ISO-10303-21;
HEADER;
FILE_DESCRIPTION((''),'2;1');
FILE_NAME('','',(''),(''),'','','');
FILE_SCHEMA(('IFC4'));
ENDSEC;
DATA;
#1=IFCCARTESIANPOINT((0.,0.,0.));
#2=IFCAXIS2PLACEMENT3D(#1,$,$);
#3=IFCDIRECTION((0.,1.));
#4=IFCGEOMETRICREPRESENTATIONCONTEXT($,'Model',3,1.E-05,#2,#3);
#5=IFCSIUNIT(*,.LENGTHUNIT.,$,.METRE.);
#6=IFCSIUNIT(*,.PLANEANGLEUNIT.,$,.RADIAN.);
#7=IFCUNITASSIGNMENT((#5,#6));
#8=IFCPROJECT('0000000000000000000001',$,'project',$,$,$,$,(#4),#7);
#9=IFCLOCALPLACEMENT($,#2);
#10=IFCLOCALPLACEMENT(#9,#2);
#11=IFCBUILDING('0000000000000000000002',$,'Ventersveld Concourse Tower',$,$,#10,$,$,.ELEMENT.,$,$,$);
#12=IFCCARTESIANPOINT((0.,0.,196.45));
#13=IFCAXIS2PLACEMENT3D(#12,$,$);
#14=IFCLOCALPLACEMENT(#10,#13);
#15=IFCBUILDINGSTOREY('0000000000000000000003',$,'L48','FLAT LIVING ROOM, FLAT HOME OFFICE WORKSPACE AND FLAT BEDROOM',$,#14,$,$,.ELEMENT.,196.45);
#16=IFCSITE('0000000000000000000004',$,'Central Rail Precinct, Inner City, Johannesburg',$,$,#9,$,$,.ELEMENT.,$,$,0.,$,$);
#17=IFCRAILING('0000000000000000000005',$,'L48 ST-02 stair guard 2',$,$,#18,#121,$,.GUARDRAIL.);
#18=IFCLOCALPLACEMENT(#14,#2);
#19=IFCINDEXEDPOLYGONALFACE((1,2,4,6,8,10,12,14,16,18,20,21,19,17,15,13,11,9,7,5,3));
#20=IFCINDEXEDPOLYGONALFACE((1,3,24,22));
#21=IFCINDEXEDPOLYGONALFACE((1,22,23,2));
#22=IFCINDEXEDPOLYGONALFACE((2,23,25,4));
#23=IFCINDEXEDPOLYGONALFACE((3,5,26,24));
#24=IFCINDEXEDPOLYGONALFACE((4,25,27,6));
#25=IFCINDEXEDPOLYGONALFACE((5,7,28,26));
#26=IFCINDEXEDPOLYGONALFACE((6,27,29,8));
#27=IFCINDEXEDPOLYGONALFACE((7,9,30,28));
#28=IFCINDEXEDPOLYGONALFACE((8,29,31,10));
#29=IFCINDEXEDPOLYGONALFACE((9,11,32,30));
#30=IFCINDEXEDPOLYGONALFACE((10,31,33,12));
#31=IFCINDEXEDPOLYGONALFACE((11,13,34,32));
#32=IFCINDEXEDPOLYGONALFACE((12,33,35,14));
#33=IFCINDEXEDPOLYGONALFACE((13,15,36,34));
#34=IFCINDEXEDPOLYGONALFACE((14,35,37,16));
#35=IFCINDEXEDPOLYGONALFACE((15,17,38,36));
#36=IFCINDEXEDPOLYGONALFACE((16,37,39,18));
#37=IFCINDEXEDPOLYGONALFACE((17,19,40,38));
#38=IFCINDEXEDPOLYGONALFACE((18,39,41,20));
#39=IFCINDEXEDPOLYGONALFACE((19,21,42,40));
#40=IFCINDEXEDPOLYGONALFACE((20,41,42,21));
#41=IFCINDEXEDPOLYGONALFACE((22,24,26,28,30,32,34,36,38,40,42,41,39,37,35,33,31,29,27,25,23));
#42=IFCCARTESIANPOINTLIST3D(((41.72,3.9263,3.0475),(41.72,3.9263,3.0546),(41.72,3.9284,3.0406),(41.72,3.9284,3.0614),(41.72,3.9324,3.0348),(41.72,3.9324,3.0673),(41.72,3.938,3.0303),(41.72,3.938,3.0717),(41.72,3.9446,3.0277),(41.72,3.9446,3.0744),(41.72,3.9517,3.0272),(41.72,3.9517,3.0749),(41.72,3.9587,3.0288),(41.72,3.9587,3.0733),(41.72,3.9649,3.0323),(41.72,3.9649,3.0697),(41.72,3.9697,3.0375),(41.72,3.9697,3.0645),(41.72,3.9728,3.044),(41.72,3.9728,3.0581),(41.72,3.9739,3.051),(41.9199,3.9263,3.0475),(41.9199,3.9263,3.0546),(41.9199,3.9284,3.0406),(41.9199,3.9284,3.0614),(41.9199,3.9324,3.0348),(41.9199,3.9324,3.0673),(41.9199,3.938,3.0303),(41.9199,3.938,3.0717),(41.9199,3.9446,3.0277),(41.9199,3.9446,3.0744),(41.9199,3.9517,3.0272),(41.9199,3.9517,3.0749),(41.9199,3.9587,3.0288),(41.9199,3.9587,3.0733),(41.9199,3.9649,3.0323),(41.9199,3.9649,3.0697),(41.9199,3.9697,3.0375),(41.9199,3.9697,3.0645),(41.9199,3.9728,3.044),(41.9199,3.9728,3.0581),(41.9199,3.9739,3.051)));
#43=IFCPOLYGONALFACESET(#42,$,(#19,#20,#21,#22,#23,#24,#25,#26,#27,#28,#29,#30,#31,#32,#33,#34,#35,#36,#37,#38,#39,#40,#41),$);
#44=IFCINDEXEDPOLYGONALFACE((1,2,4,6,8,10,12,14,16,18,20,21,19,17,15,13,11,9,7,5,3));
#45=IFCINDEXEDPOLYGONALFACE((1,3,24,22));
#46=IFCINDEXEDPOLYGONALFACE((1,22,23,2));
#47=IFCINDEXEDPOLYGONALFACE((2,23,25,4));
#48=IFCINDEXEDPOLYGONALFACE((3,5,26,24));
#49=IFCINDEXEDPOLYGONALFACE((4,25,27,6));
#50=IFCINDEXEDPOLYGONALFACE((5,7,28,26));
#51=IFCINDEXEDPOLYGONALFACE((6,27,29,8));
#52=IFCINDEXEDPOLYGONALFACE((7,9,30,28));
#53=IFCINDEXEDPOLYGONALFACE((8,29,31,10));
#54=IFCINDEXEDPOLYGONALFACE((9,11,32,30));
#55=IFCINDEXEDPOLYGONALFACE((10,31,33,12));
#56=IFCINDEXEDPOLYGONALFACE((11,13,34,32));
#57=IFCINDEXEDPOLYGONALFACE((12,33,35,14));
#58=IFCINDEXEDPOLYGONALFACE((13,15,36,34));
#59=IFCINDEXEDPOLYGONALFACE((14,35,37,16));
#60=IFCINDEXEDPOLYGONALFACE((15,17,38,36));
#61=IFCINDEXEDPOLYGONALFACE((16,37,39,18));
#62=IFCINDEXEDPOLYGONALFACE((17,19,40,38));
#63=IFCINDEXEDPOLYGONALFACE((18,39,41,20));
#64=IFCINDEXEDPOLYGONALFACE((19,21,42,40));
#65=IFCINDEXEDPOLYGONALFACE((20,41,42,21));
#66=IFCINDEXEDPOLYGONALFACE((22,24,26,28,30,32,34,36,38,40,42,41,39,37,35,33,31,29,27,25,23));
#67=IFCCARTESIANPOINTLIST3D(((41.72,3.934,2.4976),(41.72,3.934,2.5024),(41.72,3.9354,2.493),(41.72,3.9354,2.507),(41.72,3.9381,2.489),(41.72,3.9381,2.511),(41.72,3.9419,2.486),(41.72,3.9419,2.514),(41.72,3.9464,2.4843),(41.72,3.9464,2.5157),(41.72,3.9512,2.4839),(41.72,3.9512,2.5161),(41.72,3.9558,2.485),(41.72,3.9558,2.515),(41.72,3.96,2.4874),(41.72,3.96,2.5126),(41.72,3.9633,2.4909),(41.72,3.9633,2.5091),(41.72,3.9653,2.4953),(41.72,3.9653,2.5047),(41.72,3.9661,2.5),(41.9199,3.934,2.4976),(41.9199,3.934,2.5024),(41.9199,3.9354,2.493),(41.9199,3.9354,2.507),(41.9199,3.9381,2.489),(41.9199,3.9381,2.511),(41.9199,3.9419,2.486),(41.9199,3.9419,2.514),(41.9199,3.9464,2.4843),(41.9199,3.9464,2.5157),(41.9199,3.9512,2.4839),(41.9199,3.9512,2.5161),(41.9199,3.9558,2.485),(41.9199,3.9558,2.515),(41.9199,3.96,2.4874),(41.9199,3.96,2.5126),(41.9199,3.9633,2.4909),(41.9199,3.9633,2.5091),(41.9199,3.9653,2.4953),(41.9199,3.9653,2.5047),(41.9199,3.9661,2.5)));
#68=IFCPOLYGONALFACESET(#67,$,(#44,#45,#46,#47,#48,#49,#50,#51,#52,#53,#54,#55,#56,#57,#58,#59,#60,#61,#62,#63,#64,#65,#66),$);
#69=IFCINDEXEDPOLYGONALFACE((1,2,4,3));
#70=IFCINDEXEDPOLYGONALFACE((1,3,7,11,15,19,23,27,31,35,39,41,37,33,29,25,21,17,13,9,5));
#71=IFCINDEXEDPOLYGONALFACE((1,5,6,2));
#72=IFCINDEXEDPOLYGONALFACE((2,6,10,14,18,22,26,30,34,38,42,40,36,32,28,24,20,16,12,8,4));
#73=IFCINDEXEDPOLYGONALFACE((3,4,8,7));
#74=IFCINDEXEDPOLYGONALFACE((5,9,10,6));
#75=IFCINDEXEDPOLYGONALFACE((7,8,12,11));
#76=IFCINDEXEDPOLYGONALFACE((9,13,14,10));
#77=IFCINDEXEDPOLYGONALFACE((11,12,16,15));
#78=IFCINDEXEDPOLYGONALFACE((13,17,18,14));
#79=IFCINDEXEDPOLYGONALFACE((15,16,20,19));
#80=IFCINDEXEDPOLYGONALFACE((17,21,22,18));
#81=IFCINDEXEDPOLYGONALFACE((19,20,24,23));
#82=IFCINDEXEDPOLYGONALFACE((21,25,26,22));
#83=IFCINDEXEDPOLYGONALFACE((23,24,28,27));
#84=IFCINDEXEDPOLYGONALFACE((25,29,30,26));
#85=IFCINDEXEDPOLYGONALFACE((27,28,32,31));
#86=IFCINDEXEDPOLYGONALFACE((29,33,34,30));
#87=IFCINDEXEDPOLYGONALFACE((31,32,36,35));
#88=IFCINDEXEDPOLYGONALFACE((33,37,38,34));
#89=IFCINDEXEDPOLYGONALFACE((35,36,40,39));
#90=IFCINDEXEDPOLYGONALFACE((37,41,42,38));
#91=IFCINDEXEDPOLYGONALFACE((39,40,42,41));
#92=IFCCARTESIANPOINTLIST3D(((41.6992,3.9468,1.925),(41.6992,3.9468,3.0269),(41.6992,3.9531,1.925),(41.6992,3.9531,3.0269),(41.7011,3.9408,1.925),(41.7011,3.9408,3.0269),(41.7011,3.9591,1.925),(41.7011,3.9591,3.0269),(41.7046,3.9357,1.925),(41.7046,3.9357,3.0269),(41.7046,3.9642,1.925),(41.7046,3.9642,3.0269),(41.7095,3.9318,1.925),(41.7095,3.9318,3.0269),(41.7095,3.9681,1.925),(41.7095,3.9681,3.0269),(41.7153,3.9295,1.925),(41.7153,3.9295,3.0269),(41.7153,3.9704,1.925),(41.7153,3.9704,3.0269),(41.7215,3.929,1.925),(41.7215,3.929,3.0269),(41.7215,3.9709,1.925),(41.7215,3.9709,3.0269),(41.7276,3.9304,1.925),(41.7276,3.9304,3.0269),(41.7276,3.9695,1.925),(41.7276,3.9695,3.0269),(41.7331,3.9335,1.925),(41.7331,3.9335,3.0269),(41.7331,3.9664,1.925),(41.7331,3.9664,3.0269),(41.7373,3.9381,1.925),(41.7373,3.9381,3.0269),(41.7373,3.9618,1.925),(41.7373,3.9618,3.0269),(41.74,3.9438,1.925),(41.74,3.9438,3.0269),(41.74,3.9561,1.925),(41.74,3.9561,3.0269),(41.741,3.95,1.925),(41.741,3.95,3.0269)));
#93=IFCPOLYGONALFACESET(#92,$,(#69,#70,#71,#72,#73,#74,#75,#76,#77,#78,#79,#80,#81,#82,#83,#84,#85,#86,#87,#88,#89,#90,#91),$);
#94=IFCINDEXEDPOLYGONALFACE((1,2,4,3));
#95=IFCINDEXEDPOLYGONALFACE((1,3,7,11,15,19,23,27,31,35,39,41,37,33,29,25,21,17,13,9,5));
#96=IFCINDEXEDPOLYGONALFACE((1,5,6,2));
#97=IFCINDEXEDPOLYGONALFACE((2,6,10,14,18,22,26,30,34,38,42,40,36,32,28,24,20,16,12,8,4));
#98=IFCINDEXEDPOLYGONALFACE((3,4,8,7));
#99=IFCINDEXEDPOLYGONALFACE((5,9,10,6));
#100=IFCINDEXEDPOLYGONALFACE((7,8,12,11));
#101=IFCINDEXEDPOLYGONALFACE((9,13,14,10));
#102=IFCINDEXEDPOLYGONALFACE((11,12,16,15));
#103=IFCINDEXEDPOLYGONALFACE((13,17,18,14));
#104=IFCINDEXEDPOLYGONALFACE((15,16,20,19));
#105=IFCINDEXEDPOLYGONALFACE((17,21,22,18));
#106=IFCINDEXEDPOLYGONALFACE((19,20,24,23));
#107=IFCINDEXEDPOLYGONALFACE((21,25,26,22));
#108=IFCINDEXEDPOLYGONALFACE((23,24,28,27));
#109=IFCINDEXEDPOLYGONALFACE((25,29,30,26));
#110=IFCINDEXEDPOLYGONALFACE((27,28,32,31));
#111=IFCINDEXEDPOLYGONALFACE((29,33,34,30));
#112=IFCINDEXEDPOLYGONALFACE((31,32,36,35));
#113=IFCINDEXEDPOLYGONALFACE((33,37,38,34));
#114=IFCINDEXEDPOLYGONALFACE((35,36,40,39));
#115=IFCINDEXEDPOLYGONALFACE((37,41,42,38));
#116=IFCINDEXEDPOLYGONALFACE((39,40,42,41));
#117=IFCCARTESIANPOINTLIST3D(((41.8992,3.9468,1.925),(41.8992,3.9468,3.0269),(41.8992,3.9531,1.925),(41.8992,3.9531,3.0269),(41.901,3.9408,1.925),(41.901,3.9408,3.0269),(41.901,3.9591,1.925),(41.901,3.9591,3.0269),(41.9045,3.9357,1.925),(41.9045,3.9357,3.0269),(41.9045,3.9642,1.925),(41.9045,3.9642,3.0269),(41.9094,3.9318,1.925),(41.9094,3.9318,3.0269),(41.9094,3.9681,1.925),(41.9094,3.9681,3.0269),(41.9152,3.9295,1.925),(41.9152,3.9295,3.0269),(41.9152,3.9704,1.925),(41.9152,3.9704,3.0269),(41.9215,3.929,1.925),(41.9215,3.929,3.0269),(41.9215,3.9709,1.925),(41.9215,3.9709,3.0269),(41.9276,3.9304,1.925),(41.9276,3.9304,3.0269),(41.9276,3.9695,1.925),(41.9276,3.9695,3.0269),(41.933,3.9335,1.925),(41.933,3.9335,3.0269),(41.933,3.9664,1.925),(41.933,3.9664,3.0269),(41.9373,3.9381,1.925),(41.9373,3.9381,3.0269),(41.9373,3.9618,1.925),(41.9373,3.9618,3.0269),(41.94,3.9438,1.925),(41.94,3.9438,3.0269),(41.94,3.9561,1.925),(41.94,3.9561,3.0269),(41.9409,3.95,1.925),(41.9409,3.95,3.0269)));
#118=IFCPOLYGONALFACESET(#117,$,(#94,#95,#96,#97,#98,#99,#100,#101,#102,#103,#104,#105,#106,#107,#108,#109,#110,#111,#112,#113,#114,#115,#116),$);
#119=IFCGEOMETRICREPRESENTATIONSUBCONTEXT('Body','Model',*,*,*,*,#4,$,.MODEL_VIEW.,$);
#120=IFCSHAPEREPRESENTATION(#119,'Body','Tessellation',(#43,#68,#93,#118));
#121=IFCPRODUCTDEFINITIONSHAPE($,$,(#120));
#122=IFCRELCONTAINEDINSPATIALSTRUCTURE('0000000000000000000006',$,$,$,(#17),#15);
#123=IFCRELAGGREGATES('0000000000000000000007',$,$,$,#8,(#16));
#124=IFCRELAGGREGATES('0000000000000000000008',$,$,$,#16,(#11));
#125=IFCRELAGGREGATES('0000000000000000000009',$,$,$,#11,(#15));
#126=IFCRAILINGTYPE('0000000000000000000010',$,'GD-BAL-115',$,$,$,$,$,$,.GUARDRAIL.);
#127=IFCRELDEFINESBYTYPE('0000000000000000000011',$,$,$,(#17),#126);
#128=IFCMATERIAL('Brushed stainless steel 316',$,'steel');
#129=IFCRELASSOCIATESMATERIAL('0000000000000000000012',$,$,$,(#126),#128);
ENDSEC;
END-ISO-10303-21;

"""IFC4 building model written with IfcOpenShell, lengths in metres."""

from ifc_helpers import new_model, si_unit, direction, frame, origin, origin_2d, place, context, subcontext, project, spatial, circle, extrude, material, type_object, element, save


model = new_model("IFC4")

# Units and contexts
model_context = context("Model", 3, precision=1e-05, world=origin(), true_north=direction((0.0, 1.0)))
body_context = subcontext(model_context, "Body", "Model", "MODEL_VIEW")
ifc_project = project(units=[si_unit("LENGTHUNIT", "METRE"), si_unit("PLANEANGLEUNIT", "RADIAN")], contexts=[model_context])

# Site, building, storey
site_placement = place(None, origin())
site = spatial("IfcSite", under=ifc_project, at=site_placement, Name="Central Rail Precinct, Inner City, Johannesburg", CompositionType="ELEMENT", RefElevation=0.0)
building_placement = place(site_placement, origin())
building = spatial("IfcBuilding", under=site, at=building_placement, Name="Ventersveld Concourse Tower", CompositionType="ELEMENT")
storey_placement = place(building_placement, frame((0.0, 0.0, 196.45)))
storey = spatial("IfcBuildingStorey", under=building, at=storey_placement, Name="L48", Description="FLAT LIVING ROOM, FLAT HOME OFFICE WORKSPACE AND FLAT BEDROOM", CompositionType="ELEMENT", Elevation=196.45)

# Shared definitions
ifc_material_1 = material(Name="Brushed stainless steel 316", Category="steel")

# Railing
railing_type_1 = type_object("IfcRailingType", Name="GD-BAL-115", PredefinedType="GUARDRAIL", material=ifc_material_1)
railing_1_placement = place(storey_placement, frame((41.72, 3.95, 1.925)))
element("IfcRailing", 1, at=railing_1_placement, inside=storey, type_object=railing_type_1, Name="L48 ST-02 stair guard 2", PredefinedType="GUARDRAIL", context=body_context, shape_type="SweptSolid", body=[
    extrude(circle(Radius=0.0239, at=origin_2d()), frame((0.0, 0.0, 1.126), z_axis=(1.0, 0.0, 0.0), x_axis=(0.0, 1.0, 0.0)), (0.0, 0.0, 1.0), 0.2),
    extrude(circle(Radius=0.0161, at=origin_2d()), frame((0.0, 0.0, 0.575), z_axis=(1.0, 0.0, 0.0), x_axis=(0.0, 1.0, 0.0)), (0.0, 0.0, 1.0), 0.2),
    extrude(circle(Radius=0.021, at=origin_2d()), origin(), (0.0, 0.0, 1.0), 1.1018),
    extrude(circle(Radius=0.021, at=origin_2d()), frame((0.2, 0.0, 0.0)), (0.0, 0.0, 1.0), 1.1018),
])

save(model, "model.ifc")
